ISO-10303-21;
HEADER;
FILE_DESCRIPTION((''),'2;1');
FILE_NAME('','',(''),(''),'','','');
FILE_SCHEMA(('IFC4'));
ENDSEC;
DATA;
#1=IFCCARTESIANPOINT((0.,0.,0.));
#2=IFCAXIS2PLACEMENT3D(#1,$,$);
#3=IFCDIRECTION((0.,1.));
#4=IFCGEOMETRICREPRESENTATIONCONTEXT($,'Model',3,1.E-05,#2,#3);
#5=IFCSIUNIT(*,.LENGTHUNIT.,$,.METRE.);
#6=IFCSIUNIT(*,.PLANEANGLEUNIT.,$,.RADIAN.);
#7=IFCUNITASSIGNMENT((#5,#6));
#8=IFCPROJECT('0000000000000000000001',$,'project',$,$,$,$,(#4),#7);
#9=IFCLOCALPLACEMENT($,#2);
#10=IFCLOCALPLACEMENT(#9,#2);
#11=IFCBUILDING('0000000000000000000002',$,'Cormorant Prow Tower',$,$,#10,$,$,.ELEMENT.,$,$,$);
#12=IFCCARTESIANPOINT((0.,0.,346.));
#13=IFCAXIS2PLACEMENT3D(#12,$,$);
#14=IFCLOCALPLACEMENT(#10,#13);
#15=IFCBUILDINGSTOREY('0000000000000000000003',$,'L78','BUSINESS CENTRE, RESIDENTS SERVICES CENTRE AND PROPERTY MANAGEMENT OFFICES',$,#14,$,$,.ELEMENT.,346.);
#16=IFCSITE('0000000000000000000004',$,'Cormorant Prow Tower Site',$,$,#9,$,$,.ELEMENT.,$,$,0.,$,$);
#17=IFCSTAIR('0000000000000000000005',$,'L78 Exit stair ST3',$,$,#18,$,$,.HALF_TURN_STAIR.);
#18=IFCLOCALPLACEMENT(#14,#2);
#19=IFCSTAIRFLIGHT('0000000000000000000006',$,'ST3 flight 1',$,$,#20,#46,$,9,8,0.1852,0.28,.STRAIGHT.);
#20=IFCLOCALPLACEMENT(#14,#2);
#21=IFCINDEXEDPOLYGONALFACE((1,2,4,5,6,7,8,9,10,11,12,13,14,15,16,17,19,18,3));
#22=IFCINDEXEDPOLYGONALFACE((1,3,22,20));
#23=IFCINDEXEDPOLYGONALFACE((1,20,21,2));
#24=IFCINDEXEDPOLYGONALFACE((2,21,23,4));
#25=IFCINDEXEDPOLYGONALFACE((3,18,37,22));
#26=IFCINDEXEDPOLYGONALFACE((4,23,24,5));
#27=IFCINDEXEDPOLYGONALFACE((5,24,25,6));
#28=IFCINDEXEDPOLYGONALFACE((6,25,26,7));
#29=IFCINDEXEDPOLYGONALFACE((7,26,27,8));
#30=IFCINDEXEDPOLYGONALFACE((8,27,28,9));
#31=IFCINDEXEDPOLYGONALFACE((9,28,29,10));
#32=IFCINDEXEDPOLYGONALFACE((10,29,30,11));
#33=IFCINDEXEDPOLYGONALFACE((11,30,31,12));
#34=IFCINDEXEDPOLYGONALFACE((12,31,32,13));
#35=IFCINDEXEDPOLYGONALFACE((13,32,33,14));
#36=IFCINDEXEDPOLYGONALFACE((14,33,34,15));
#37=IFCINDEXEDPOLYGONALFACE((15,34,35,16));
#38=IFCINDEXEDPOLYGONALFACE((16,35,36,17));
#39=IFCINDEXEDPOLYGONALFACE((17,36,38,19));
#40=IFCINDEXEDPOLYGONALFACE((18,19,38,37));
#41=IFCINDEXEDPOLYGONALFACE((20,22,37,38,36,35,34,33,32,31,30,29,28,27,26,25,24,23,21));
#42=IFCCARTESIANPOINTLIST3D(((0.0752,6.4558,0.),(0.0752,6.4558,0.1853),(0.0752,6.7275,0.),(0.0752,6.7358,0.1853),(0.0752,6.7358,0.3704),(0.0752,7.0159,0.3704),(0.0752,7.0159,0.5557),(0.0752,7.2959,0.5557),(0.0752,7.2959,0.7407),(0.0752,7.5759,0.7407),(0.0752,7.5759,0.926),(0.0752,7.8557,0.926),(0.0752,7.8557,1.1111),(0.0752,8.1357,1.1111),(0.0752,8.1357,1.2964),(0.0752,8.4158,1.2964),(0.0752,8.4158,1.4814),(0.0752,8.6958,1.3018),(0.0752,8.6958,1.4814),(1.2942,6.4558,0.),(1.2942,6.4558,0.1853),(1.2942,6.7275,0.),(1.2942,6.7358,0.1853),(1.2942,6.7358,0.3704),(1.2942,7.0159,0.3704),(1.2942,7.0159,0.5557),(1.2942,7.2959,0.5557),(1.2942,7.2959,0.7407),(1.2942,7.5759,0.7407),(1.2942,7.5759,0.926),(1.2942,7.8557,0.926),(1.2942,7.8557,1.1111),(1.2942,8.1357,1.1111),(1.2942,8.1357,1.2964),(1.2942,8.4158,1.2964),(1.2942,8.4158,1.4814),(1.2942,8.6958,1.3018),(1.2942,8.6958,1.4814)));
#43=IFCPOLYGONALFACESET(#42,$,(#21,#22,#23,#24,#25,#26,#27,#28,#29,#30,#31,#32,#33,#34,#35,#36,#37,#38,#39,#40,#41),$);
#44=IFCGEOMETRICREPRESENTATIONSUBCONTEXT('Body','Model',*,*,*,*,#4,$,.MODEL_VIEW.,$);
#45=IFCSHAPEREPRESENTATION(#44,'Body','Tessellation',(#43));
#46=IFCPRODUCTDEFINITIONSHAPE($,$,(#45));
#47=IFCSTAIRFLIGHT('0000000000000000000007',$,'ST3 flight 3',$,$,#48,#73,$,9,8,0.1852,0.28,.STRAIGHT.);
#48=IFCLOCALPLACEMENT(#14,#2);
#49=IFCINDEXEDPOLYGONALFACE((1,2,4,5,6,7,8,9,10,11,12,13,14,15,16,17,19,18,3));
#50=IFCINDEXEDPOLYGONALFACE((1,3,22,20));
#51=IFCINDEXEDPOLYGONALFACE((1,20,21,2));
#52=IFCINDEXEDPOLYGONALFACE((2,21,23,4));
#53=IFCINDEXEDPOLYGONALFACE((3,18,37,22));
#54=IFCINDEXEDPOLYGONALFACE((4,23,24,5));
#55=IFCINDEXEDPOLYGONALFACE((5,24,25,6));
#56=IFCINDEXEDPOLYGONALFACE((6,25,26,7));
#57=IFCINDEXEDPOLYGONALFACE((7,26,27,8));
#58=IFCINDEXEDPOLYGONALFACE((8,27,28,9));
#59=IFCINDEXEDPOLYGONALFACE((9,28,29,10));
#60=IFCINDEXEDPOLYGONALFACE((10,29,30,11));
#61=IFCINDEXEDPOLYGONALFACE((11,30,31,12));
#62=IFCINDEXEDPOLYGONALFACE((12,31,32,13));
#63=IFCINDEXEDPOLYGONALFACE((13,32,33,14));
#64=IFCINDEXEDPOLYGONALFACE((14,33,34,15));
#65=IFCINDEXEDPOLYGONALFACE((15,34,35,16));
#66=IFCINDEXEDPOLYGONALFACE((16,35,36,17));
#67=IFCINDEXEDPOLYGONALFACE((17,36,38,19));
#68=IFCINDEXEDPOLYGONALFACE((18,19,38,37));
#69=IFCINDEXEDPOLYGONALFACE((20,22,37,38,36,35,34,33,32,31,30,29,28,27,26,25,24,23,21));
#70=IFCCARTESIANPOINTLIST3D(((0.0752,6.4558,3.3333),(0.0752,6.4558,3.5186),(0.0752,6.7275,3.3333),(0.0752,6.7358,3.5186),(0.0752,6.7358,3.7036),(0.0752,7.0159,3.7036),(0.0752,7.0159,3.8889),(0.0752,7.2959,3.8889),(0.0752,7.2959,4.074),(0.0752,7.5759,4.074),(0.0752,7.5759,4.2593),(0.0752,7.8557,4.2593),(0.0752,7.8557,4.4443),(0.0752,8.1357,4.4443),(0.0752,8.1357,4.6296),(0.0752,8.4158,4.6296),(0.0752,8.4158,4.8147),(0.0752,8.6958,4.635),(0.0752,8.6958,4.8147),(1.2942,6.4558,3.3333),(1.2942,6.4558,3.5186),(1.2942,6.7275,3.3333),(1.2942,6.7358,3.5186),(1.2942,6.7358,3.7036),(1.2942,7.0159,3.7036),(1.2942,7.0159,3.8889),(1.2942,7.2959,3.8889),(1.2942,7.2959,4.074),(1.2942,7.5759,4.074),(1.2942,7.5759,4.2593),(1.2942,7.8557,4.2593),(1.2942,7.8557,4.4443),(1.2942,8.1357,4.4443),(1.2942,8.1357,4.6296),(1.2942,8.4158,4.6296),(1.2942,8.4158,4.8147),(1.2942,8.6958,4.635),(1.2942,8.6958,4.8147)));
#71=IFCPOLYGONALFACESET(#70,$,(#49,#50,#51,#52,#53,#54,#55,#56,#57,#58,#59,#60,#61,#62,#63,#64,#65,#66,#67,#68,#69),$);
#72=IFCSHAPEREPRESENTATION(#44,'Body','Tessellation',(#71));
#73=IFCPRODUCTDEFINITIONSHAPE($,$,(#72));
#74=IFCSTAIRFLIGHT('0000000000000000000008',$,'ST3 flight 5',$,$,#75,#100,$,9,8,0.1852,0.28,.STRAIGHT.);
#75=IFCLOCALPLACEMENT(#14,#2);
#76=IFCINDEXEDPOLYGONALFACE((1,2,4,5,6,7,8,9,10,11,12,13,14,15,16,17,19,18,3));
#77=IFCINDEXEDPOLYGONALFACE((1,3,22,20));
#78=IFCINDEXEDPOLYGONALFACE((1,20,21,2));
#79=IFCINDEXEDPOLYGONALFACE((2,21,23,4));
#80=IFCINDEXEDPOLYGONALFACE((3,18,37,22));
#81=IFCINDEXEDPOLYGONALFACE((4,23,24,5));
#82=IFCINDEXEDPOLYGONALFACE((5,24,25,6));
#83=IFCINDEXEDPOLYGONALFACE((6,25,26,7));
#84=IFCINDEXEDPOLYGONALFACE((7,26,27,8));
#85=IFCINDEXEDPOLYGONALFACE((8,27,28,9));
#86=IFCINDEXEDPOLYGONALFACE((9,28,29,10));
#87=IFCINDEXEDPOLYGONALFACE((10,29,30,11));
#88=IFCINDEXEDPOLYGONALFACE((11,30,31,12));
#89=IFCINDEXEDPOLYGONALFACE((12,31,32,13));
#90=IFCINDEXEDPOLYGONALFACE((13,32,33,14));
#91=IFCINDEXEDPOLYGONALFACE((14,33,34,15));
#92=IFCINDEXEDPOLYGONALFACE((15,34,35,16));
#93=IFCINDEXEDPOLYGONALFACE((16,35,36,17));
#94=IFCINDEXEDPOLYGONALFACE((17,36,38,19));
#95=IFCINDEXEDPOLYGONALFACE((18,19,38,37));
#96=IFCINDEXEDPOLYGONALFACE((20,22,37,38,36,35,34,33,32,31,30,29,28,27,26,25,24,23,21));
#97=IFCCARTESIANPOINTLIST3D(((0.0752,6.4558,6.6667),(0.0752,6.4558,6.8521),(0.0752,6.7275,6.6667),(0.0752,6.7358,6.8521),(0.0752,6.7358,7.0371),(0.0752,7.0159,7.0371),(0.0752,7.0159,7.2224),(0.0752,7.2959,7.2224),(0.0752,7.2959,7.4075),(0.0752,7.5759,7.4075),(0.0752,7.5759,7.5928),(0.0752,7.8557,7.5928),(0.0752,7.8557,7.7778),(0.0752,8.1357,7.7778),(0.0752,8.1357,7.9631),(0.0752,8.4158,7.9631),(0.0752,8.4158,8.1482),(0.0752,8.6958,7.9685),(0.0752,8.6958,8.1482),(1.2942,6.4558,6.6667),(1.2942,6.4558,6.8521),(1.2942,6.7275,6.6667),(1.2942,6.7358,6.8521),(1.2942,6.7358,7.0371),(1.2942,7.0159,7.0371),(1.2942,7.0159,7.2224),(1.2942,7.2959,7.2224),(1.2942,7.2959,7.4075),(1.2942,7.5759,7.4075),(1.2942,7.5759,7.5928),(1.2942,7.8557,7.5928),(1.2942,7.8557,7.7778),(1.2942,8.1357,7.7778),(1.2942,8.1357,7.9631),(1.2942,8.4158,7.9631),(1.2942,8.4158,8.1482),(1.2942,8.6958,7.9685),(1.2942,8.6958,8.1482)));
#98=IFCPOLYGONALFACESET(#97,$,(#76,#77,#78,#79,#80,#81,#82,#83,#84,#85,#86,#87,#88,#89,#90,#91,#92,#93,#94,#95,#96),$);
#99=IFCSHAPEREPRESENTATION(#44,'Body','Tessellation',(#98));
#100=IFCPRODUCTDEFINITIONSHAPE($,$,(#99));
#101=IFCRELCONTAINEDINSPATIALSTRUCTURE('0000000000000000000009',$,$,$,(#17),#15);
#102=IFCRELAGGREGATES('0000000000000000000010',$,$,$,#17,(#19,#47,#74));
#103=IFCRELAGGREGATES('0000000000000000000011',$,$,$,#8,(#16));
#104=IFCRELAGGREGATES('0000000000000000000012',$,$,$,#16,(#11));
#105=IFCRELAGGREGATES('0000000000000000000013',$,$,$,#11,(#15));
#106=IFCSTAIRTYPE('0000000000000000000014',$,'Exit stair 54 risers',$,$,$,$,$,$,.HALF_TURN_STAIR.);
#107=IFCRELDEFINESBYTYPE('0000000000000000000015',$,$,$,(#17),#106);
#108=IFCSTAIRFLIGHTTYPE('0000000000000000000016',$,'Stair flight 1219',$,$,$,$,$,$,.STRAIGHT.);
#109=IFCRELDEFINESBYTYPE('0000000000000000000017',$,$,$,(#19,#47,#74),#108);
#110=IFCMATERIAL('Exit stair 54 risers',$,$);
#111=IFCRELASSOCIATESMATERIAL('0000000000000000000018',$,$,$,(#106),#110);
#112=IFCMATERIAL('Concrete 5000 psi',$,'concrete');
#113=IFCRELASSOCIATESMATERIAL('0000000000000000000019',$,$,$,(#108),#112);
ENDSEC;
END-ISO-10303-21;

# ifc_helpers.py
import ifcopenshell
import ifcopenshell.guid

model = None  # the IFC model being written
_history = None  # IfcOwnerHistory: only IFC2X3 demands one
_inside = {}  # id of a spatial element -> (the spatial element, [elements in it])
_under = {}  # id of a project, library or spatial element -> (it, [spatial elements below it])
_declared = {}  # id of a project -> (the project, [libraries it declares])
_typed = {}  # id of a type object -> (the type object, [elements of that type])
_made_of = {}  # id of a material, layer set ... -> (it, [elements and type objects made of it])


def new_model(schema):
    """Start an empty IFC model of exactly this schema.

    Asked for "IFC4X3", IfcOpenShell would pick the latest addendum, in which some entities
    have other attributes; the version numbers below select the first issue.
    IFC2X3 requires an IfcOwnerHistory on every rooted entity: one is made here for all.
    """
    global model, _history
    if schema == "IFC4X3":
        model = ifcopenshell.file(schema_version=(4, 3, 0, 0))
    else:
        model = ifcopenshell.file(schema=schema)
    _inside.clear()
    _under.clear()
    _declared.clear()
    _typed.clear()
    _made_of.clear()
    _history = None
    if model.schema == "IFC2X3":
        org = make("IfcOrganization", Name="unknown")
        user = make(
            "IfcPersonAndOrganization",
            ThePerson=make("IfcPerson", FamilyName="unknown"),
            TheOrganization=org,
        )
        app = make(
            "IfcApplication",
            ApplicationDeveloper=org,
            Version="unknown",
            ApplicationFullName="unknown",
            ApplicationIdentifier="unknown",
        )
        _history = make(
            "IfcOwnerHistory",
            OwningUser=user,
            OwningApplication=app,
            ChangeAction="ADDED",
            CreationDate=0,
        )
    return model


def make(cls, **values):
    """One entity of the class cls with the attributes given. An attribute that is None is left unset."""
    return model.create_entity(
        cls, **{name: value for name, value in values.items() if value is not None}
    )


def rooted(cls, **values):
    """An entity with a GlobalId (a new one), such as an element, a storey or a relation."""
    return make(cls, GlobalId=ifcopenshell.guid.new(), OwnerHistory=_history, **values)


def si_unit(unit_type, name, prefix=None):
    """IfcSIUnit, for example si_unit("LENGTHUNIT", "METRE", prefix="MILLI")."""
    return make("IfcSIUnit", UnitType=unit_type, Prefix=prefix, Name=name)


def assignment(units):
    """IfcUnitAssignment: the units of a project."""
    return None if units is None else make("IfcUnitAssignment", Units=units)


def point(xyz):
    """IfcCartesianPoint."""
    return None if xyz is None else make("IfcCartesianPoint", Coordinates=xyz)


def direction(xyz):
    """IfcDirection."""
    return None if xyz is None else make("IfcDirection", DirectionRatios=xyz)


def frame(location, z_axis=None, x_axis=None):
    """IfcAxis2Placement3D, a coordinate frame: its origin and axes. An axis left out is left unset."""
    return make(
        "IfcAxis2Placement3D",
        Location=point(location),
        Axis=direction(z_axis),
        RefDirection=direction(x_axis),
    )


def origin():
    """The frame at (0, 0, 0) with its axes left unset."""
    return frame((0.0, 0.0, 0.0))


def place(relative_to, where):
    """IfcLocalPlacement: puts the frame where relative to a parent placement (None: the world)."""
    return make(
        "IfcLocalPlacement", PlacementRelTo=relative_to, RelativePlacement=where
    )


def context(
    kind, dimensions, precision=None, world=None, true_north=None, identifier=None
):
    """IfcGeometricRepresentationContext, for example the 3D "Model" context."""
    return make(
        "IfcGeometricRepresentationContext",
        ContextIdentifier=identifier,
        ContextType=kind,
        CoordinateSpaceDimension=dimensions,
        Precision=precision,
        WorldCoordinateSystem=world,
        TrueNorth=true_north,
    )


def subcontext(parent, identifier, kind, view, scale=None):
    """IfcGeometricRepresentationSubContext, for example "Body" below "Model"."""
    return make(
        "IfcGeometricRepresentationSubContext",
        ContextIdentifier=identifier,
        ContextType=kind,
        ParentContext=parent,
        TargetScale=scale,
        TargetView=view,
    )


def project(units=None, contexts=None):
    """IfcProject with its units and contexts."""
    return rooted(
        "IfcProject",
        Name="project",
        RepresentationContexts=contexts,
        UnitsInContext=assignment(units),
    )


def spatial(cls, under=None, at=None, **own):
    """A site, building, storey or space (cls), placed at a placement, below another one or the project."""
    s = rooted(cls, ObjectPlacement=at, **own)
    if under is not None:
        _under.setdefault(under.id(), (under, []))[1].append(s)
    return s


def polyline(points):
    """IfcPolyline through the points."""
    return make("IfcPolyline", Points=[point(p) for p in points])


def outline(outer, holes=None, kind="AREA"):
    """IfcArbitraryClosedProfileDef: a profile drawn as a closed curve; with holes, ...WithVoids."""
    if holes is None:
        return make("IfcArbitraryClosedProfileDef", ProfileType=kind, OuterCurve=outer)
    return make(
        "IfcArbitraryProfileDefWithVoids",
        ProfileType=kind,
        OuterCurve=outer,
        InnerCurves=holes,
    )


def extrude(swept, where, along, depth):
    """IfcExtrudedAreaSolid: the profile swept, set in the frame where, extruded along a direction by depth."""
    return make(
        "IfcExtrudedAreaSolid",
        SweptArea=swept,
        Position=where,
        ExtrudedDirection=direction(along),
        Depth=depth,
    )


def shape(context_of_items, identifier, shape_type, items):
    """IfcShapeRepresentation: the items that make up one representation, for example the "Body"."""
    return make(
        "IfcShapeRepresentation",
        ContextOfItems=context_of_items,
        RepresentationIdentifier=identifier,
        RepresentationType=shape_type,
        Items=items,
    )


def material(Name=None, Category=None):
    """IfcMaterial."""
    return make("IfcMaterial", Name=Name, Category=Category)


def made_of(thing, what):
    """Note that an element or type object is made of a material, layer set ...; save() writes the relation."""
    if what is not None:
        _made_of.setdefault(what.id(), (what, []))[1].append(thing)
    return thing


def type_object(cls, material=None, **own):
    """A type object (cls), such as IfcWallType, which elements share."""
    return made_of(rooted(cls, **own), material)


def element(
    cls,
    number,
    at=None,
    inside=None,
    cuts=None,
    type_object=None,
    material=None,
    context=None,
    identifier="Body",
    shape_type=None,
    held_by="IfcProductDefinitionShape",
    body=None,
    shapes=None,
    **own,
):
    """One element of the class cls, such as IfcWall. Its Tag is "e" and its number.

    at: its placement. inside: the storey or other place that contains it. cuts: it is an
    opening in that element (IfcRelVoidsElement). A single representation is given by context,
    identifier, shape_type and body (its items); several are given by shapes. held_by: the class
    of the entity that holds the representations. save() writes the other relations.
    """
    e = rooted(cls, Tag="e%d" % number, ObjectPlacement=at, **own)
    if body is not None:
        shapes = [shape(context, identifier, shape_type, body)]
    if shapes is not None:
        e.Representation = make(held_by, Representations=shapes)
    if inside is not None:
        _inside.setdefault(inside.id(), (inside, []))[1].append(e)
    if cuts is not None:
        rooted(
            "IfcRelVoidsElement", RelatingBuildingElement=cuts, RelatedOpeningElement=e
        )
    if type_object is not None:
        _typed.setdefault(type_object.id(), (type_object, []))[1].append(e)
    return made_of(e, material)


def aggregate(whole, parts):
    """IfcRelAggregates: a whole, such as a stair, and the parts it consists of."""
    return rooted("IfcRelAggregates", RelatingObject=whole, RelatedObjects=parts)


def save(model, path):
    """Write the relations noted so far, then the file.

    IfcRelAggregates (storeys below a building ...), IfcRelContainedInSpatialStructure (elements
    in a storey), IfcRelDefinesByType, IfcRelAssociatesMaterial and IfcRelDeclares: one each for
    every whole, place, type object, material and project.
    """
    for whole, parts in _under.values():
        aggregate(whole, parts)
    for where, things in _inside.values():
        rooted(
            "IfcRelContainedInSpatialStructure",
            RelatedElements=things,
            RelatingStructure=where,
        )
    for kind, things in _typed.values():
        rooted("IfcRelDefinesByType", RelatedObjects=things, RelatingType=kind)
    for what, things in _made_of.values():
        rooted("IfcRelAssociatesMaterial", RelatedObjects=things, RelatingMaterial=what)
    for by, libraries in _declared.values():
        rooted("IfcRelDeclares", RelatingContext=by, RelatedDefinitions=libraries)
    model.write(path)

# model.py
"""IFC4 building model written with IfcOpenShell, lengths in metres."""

from ifc_helpers import new_model, si_unit, direction, frame, origin, place, context, subcontext, project, spatial, polyline, outline, extrude, material, type_object, element, aggregate, save


model = new_model("IFC4")

# Units and contexts
model_context = context("Model", 3, precision=1e-05, world=origin(), true_north=direction((0.0, 1.0)))
body_context = subcontext(model_context, "Body", "Model", "MODEL_VIEW")
ifc_project = project(units=[si_unit("LENGTHUNIT", "METRE"), si_unit("PLANEANGLEUNIT", "RADIAN")], contexts=[model_context])

# Site, building, storey
site_placement = place(None, origin())
site = spatial("IfcSite", under=ifc_project, at=site_placement, Name="Cormorant Prow Tower Site", CompositionType="ELEMENT", RefElevation=0.0)
building_placement = place(site_placement, origin())
building = spatial("IfcBuilding", under=site, at=building_placement, Name="Cormorant Prow Tower", CompositionType="ELEMENT")
storey_placement = place(building_placement, frame((0.0, 0.0, 346.0)))
storey = spatial("IfcBuildingStorey", under=building, at=storey_placement, Name="L78", Description="BUSINESS CENTRE, RESIDENTS SERVICES CENTRE AND PROPERTY MANAGEMENT OFFICES", CompositionType="ELEMENT", Elevation=346.0)

# Stair
ifc_material_1 = material(Name="Exit stair 54 risers")
stair_type = type_object("IfcStairType", Name="Exit stair 54 risers", PredefinedType="HALF_TURN_STAIR", material=ifc_material_1)
stair_1_placement = place(storey_placement, origin())
stair_1 = element("IfcStair", 1, at=stair_1_placement, inside=storey, type_object=stair_type, Name="L78 Exit stair ST3", PredefinedType="HALF_TURN_STAIR")

# Stair flights
ifc_material_2 = material(Name="Concrete 5000 psi", Category="concrete")
stair_flight_type = type_object("IfcStairFlightType", Name="Stair flight 1219", PredefinedType="STRAIGHT", material=ifc_material_2)
stair_flight_1_placement = place(storey_placement, frame((0.6846, 6.4558, 0.0), z_axis=(0.0, 0.0, 1.0), x_axis=(0.0, 1.0, 0.0)))
stair_flight_1 = element("IfcStairFlight", 2, at=stair_flight_1_placement, type_object=stair_flight_type, Name="ST3 flight 1", NumberOfRisers=9, NumberOfTreads=8, PredefinedType="STRAIGHT", RiserHeight=0.1852, TreadLength=0.28, context=body_context, shape_type="SweptSolid", body=[
    extrude(outline(polyline([(0.0, 0.0), (0.0, 0.1853), (0.28, 0.1853), (0.28, 0.3704), (0.5601, 0.3704), (0.5601, 0.5557), (0.8401, 0.5557), (0.8401, 0.7407), (1.1201, 0.7407), (1.1201, 0.926), (1.3999, 0.926), (1.3999, 1.1111), (1.6799, 1.1111), (1.6799, 1.2964), (1.96, 1.2964), (1.96, 1.4814), (2.24, 1.4814), (2.24, 1.6667), (2.24, 1.3018), (0.2717, 0.0), (0.0, 0.0)])), frame((0.0, 0.6094, 0.0), z_axis=(0.0, -1.0, 0.0), x_axis=(1.0, 0.0, 0.0)), (0.0, 0.0, 1.0), 1.219),
])
stair_flight_2_placement = place(storey_placement, frame((0.6846, 6.4558, 3.3333), z_axis=(0.0, 0.0, 1.0), x_axis=(0.0, 1.0, 0.0)))
stair_flight_2 = element("IfcStairFlight", 3, at=stair_flight_2_placement, type_object=stair_flight_type, Name="ST3 flight 3", NumberOfRisers=9, NumberOfTreads=8, PredefinedType="STRAIGHT", RiserHeight=0.1852, TreadLength=0.28, context=body_context, shape_type="SweptSolid", body=[
    extrude(outline(polyline([(0.0, 0.0), (0.0, 0.1853), (0.28, 0.1853), (0.28, 0.3704), (0.5601, 0.3704), (0.5601, 0.5557), (0.8401, 0.5557), (0.8401, 0.7407), (1.1201, 0.7407), (1.1201, 0.926), (1.3999, 0.926), (1.3999, 1.1111), (1.6799, 1.1111), (1.6799, 1.2964), (1.96, 1.2964), (1.96, 1.4814), (2.24, 1.4814), (2.24, 1.6667), (2.24, 1.3018), (0.2717, 0.0), (0.0, 0.0)])), frame((0.0, 0.6094, 0.0), z_axis=(0.0, -1.0, 0.0), x_axis=(1.0, 0.0, 0.0)), (0.0, 0.0, 1.0), 1.219),
])
stair_flight_3_placement = place(storey_placement, frame((0.6846, 6.4558, 6.6667), z_axis=(0.0, 0.0, 1.0), x_axis=(0.0, 1.0, 0.0)))
stair_flight_3 = element("IfcStairFlight", 4, at=stair_flight_3_placement, type_object=stair_flight_type, Name="ST3 flight 5", NumberOfRisers=9, NumberOfTreads=8, PredefinedType="STRAIGHT", RiserHeight=0.1852, TreadLength=0.28, context=body_context, shape_type="SweptSolid", body=[
    extrude(outline(polyline([(0.0, 0.0), (0.0, 0.1853), (0.28, 0.1853), (0.28, 0.3704), (0.5601, 0.3704), (0.5601, 0.5557), (0.8401, 0.5557), (0.8401, 0.7407), (1.1201, 0.7407), (1.1201, 0.926), (1.3999, 0.926), (1.3999, 1.1111), (1.6799, 1.1111), (1.6799, 1.2964), (1.96, 1.2964), (1.96, 1.4814), (2.24, 1.4814), (2.24, 1.6667), (2.24, 1.3018), (0.2717, 0.0), (0.0, 0.0)])), frame((0.0, 0.6094, 0.0), z_axis=(0.0, -1.0, 0.0), x_axis=(1.0, 0.0, 0.0)), (0.0, 0.0, 1.0), 1.219),
])
aggregate(stair_1, [stair_flight_1, stair_flight_2, stair_flight_3])

save(model, "model.ifc")
